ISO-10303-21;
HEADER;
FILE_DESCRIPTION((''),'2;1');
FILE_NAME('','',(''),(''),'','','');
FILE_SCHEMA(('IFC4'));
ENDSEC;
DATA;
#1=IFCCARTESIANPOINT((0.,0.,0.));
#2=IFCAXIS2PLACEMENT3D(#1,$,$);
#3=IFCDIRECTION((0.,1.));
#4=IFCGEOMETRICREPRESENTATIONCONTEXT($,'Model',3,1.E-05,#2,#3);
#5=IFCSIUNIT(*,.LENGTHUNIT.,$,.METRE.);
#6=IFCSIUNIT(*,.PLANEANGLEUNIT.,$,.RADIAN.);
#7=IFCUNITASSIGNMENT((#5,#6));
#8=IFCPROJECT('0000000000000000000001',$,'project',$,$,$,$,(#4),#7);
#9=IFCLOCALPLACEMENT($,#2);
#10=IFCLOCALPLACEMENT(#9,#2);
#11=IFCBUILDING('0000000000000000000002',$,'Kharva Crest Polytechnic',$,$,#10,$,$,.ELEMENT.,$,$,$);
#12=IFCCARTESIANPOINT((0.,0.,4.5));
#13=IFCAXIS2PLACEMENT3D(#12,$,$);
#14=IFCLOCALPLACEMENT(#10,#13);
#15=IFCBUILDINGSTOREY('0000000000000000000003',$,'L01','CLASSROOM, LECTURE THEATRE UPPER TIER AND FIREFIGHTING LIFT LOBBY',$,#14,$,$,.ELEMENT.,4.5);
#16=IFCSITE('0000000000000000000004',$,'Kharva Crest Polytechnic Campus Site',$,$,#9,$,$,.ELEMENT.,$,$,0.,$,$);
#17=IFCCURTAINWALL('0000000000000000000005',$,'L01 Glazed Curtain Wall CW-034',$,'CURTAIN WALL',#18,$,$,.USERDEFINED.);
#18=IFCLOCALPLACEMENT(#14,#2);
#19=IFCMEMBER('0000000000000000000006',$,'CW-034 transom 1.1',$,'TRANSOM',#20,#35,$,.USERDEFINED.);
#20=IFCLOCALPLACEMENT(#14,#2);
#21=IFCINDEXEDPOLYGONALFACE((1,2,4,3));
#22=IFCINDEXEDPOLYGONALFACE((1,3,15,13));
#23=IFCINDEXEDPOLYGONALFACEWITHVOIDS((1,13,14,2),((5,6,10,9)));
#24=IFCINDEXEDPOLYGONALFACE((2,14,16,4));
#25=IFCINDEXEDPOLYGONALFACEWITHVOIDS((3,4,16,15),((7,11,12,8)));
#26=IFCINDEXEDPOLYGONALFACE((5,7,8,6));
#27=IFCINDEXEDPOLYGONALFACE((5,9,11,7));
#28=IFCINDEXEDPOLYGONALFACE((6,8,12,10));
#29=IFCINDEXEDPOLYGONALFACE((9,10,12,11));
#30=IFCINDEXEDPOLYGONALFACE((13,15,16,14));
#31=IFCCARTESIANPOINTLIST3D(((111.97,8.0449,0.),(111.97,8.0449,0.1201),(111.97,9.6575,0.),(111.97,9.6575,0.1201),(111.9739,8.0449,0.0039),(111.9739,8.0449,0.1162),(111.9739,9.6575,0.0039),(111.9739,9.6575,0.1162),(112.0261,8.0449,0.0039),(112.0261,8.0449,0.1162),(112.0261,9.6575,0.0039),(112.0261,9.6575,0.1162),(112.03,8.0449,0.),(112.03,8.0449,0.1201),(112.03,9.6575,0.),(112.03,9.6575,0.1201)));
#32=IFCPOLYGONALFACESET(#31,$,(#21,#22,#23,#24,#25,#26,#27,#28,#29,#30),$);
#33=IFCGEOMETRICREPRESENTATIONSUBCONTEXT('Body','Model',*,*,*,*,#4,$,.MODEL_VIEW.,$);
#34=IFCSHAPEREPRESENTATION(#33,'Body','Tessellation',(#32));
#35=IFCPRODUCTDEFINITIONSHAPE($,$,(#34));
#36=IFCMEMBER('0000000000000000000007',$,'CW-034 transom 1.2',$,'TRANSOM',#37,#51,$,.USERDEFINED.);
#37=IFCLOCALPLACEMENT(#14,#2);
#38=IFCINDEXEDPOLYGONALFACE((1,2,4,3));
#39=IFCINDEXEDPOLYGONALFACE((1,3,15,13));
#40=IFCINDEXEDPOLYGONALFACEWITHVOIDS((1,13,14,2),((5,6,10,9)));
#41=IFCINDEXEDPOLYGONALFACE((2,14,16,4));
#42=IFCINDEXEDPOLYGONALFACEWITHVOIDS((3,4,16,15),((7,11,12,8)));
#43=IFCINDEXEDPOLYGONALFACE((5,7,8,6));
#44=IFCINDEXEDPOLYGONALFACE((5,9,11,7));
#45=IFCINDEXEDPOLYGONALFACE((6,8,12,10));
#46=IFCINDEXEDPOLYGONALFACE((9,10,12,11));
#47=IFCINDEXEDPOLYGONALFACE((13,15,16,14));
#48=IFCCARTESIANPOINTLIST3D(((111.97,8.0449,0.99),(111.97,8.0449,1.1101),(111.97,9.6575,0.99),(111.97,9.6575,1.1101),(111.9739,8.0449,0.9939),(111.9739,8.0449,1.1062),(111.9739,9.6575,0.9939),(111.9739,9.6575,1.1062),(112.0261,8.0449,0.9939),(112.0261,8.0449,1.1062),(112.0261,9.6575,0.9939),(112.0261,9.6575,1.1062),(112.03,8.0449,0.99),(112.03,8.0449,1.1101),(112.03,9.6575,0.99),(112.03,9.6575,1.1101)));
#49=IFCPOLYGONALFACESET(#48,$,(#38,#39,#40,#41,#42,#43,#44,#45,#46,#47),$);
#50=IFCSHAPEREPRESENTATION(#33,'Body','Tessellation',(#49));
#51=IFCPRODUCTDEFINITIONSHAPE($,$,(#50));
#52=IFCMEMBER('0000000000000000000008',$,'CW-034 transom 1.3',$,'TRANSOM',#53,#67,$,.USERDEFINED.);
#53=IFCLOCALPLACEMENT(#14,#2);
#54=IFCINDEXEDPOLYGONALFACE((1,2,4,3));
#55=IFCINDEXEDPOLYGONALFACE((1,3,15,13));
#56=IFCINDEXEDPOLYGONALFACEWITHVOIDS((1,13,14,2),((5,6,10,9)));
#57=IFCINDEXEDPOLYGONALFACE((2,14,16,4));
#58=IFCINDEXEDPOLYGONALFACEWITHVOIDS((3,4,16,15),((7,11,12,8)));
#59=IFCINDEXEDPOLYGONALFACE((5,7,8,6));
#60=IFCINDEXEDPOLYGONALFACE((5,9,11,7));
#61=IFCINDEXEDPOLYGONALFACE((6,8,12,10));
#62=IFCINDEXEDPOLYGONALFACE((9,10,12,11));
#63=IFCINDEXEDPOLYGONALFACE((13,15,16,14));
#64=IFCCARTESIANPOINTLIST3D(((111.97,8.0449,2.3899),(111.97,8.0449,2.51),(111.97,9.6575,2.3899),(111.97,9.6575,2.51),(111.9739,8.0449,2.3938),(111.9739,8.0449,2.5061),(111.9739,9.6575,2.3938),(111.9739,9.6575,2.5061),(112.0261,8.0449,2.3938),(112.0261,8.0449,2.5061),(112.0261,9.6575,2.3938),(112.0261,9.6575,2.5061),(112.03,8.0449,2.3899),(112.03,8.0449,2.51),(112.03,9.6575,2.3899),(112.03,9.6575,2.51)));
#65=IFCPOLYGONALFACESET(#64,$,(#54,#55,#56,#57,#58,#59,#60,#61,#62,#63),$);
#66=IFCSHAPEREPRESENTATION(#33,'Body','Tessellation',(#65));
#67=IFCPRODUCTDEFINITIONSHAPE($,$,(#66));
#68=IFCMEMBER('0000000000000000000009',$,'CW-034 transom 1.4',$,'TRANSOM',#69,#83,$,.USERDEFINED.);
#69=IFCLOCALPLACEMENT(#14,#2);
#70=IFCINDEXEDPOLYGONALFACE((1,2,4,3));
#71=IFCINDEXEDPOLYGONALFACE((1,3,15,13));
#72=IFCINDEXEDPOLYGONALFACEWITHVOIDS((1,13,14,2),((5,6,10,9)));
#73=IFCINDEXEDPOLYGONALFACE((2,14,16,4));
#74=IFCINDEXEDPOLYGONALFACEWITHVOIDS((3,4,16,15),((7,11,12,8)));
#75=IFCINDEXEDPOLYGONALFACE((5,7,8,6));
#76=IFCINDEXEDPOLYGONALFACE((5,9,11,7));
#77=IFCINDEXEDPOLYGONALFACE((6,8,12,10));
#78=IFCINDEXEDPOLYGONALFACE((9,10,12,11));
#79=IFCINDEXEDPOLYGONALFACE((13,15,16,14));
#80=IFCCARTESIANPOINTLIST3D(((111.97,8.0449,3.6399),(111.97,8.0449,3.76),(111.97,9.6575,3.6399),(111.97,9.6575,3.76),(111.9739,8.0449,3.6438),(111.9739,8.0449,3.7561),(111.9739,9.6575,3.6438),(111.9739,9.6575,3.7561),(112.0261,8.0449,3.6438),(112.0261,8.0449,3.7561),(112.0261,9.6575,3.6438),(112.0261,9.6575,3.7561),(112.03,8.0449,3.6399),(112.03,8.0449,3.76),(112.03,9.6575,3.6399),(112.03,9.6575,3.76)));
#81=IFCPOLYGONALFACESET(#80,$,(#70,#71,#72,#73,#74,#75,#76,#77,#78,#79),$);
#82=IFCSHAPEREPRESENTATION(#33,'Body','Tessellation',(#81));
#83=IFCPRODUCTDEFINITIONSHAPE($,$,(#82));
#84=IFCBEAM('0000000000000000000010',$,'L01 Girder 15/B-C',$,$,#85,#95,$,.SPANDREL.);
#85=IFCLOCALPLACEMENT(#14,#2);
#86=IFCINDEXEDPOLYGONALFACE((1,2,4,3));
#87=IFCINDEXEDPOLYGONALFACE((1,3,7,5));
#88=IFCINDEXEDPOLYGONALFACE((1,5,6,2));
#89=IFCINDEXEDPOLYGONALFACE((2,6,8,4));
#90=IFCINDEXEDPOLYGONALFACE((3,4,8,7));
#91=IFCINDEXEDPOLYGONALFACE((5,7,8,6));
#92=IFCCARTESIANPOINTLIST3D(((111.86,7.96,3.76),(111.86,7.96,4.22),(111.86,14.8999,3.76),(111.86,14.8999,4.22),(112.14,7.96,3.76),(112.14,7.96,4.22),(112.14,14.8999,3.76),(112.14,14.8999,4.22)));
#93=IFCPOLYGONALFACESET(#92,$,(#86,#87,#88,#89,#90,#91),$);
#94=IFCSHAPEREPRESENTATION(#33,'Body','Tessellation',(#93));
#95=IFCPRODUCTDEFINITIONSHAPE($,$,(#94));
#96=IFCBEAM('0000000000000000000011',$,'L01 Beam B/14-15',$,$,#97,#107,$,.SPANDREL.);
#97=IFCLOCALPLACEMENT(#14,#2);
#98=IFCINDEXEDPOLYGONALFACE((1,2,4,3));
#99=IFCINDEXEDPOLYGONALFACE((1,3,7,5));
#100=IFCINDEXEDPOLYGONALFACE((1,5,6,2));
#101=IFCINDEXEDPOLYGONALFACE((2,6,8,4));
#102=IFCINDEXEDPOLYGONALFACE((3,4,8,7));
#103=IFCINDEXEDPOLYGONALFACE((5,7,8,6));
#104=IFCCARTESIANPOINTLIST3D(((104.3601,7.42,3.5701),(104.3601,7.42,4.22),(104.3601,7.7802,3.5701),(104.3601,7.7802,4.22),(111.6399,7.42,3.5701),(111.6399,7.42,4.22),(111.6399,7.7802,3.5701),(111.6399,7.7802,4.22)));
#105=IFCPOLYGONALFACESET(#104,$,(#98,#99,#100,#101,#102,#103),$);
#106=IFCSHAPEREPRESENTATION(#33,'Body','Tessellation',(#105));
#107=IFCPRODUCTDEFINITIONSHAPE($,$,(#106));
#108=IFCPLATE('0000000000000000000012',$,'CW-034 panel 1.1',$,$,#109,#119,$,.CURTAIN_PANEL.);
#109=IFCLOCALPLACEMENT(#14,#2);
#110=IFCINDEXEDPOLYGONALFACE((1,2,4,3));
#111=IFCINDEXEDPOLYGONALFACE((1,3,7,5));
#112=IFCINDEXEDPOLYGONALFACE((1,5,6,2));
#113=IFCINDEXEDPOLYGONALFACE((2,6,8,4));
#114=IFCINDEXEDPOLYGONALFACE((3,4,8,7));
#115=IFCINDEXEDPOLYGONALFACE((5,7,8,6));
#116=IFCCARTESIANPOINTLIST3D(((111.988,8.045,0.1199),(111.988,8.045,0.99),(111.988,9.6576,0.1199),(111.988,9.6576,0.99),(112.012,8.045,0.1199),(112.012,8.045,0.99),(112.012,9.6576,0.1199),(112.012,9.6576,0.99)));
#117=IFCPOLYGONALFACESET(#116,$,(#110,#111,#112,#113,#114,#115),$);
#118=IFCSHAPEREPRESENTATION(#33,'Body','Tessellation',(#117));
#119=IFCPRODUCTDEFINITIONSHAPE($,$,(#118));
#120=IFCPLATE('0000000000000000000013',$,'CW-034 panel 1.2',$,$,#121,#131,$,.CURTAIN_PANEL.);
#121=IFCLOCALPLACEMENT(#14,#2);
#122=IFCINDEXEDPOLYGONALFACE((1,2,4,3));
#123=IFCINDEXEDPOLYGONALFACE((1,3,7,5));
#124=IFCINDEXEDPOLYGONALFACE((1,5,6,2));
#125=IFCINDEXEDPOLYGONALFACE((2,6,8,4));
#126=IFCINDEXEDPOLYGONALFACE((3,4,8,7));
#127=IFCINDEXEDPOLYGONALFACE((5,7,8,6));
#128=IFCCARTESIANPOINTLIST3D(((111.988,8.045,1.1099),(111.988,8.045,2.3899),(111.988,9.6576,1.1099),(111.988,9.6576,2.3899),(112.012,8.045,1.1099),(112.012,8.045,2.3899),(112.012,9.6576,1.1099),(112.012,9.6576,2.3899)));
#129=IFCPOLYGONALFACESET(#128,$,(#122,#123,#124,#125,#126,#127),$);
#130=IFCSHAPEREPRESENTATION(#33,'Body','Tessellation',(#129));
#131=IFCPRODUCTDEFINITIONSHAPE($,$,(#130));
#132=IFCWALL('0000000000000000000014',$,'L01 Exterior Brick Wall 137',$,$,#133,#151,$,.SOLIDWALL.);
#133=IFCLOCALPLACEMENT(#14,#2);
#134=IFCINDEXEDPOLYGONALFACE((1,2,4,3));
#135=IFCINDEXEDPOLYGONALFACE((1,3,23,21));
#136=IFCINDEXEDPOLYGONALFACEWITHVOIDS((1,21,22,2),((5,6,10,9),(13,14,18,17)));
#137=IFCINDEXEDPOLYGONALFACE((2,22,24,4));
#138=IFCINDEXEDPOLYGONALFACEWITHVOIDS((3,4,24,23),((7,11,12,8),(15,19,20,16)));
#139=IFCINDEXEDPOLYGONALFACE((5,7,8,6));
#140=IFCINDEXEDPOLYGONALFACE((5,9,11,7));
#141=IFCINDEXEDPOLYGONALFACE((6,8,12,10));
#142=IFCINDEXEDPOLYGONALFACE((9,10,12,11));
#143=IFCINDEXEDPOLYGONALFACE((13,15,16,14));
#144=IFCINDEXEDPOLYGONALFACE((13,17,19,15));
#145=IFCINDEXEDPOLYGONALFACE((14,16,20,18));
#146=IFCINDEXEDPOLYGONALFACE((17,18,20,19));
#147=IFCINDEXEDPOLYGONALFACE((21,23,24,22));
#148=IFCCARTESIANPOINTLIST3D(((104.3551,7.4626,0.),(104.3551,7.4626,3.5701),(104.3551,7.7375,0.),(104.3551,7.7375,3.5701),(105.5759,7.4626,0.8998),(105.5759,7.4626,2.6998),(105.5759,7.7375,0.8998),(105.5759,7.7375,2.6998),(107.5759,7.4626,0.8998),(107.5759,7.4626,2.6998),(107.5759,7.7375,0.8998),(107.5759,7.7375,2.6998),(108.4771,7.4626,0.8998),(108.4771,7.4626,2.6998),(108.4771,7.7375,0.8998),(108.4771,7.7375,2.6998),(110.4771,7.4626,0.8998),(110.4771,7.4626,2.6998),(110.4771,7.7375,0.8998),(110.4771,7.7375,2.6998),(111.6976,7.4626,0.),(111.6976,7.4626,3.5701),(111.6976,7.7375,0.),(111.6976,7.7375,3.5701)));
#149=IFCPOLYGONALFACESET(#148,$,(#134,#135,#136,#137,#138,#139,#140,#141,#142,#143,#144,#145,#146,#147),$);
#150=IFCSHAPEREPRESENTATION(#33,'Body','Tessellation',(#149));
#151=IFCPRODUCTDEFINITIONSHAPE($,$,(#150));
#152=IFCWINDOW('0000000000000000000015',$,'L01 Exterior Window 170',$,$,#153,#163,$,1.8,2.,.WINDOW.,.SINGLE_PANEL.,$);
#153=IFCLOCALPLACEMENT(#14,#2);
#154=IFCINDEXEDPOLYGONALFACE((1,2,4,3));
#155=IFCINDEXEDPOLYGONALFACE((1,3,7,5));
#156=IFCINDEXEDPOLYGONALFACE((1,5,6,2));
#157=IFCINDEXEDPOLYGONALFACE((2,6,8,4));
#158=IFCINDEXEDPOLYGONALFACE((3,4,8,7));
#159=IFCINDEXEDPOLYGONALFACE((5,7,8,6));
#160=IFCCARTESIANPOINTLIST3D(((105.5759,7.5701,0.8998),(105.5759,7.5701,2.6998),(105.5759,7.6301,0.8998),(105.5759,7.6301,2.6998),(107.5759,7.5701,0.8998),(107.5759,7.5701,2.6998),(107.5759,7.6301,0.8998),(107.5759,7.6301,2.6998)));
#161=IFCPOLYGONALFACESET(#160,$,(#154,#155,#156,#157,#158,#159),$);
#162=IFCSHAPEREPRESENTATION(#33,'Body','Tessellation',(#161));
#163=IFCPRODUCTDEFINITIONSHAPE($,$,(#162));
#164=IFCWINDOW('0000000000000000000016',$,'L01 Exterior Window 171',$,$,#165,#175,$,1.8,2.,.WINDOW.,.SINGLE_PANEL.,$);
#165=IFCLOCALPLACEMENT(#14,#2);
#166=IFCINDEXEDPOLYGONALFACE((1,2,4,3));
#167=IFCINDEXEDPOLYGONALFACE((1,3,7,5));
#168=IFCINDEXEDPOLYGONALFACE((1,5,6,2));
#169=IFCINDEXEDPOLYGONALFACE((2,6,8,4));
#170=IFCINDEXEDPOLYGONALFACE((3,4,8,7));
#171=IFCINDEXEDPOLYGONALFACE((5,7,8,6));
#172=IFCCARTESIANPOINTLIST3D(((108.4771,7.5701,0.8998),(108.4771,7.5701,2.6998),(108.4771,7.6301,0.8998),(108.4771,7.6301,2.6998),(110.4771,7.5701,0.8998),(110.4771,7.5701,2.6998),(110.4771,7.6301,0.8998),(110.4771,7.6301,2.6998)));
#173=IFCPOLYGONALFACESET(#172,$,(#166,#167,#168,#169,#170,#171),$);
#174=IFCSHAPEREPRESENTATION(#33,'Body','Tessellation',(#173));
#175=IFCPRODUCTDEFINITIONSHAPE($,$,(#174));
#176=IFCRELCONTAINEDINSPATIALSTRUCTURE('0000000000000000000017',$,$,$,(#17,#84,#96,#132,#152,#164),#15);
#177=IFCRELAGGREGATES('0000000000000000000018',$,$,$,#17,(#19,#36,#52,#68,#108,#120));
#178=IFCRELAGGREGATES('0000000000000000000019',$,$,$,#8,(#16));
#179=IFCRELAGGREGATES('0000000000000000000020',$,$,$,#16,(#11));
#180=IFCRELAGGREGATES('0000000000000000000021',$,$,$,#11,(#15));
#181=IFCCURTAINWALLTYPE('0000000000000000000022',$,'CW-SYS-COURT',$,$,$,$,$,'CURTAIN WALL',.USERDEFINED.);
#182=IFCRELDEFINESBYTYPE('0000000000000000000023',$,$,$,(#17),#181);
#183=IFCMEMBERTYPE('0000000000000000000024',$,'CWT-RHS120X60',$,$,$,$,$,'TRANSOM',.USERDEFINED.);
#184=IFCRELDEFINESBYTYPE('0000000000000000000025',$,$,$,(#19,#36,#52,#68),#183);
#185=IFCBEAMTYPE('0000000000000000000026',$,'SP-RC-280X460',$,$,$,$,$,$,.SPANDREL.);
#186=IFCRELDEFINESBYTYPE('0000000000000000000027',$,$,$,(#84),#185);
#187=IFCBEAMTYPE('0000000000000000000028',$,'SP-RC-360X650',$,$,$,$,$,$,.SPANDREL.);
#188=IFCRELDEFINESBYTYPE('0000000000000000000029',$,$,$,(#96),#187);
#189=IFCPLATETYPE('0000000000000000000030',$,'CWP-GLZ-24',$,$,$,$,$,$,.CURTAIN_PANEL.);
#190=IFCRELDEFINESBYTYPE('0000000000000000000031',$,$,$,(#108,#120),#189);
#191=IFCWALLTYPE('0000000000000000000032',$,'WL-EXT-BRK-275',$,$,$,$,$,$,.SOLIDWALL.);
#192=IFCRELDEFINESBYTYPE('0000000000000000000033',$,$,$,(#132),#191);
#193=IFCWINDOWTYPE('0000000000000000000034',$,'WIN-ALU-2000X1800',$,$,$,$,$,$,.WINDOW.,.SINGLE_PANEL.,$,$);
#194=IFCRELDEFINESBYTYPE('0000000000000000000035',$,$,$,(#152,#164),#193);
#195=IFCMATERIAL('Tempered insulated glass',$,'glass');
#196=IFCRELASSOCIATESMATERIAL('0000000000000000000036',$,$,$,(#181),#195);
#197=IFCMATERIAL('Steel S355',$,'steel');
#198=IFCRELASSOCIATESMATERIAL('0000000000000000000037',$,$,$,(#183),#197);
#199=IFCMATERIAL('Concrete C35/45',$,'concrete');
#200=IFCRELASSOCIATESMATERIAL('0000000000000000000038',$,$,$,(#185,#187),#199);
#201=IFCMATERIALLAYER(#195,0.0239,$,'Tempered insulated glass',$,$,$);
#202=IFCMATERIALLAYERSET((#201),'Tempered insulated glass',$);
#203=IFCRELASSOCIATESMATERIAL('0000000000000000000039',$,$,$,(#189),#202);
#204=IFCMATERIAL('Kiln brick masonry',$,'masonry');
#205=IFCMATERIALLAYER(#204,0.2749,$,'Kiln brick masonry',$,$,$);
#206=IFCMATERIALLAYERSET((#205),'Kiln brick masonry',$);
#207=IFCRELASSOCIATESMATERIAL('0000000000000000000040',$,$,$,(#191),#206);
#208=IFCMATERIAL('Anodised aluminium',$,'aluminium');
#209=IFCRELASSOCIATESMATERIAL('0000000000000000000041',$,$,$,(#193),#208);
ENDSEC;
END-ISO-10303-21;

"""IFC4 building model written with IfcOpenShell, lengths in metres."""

from ifc_helpers import new_model, si_unit, direction, frame, frame_2d, origin, origin_2d, place, context, subcontext, project, spatial, rectangle, hollow_rectangle, extrude, material, layer, layer_set, material_profile, profile_set, type_object, element, fill, aggregate, save


model = new_model("IFC4")

# Units and contexts
model_context = context("Model", 3, precision=1e-05, world=origin(), true_north=direction((0.0, 1.0)))
body_context = subcontext(model_context, "Body", "Model", "MODEL_VIEW")
ifc_project = project(units=[si_unit("LENGTHUNIT", "METRE"), si_unit("PLANEANGLEUNIT", "RADIAN")], contexts=[model_context])

# Site, building, storey
site_placement = place(None, origin())
site = spatial("IfcSite", under=ifc_project, at=site_placement, Name="Kharva Crest Polytechnic Campus Site", CompositionType="ELEMENT", RefElevation=0.0)
building_placement = place(site_placement, origin())
building = spatial("IfcBuilding", under=site, at=building_placement, Name="Kharva Crest Polytechnic", CompositionType="ELEMENT")
storey_placement = place(building_placement, frame((0.0, 0.0, 4.5)))
storey = spatial("IfcBuildingStorey", under=building, at=storey_placement, Name="L01", Description="CLASSROOM, LECTURE THEATRE UPPER TIER AND FIREFIGHTING LIFT LOBBY", CompositionType="ELEMENT", Elevation=4.5)

# Shared definitions
ifc_material_1 = material(Name="Steel S355", Category="steel")

# Shared definitions
ifc_material_2 = material(Name="Concrete C35/45", Category="concrete")

# Curtain wall, members
ifc_material_3 = material(Name="Tempered insulated glass", Category="glass")
curtain_wall_type = type_object("IfcCurtainWallType", Name="CW-SYS-COURT", ElementType="CURTAIN WALL", PredefinedType="USERDEFINED", material=ifc_material_3)
curtain_wall_placement = place(storey_placement, origin())
curtain_wall = element("IfcCurtainWall", 1, at=curtain_wall_placement, inside=storey, type_object=curtain_wall_type, Name="L01 Glazed Curtain Wall CW-034", ObjectType="CURTAIN WALL", PredefinedType="USERDEFINED")
ifc_material_profile_1 = material_profile(ifc_material_1, hollow_rectangle(XDim=0.0601, YDim=0.1201, WallThickness=0.0039, at=origin_2d()), Name="RHS 120X60X4.0")
ifc_profile_set_1 = profile_set([ifc_material_profile_1], Name="Steel S355")
member_type_1 = type_object("IfcMemberType", Name="CWT-RHS120X60", ElementType="TRANSOM", PredefinedType="USERDEFINED", material=ifc_profile_set_1)
member_1_placement = place(storey_placement, frame((112.0, 8.0449, 0.0601), z_axis=(0.0, 1.0, 0.0), x_axis=(-1.0, 0.0, 0.0)))
member_1 = element("IfcMember", 2, at=member_1_placement, type_object=member_type_1, Name="CW-034 transom 1.1", ObjectType="TRANSOM", PredefinedType="USERDEFINED", context=body_context, shape_type="SweptSolid", body=[
    extrude(hollow_rectangle(XDim=0.0601, YDim=0.1201, WallThickness=0.0039, at=origin_2d()), origin(), (0.0, 0.0, 1.0), 1.6125),
])
member_2_placement = place(storey_placement, frame((112.0, 8.0449, 1.05), z_axis=(0.0, 1.0, 0.0), x_axis=(-1.0, 0.0, 0.0)))
member_2 = element("IfcMember", 3, at=member_2_placement, type_object=member_type_1, Name="CW-034 transom 1.2", ObjectType="TRANSOM", PredefinedType="USERDEFINED", context=body_context, shape_type="SweptSolid", body=[
    extrude(hollow_rectangle(XDim=0.0601, YDim=0.1201, WallThickness=0.0039, at=origin_2d()), origin(), (0.0, 0.0, 1.0), 1.6125),
])
member_3_placement = place(storey_placement, frame((112.0, 8.0449, 2.45), z_axis=(0.0, 1.0, 0.0), x_axis=(-1.0, 0.0, 0.0)))
member_3 = element("IfcMember", 4, at=member_3_placement, type_object=member_type_1, Name="CW-034 transom 1.3", ObjectType="TRANSOM", PredefinedType="USERDEFINED", context=body_context, shape_type="SweptSolid", body=[
    extrude(hollow_rectangle(XDim=0.0601, YDim=0.1201, WallThickness=0.0039, at=origin_2d()), origin(), (0.0, 0.0, 1.0), 1.6125),
])
member_4_placement = place(storey_placement, frame((112.0, 8.0449, 3.7), z_axis=(0.0, 1.0, 0.0), x_axis=(-1.0, 0.0, 0.0)))
member_4 = element("IfcMember", 5, at=member_4_placement, type_object=member_type_1, Name="CW-034 transom 1.4", ObjectType="TRANSOM", PredefinedType="USERDEFINED", context=body_context, shape_type="SweptSolid", body=[
    extrude(hollow_rectangle(XDim=0.0601, YDim=0.1201, WallThickness=0.0039, at=origin_2d()), origin(), (0.0, 0.0, 1.0), 1.6125),
])

# Beams
ifc_material_profile_2 = material_profile(ifc_material_2, rectangle(XDim=0.28, YDim=0.46, at=origin_2d()), Name="RECT 280 X 460")
ifc_profile_set_2 = profile_set([ifc_material_profile_2], Name="Concrete C35/45")
beam_type_1 = type_object("IfcBeamType", Name="SP-RC-280X460", PredefinedType="SPANDREL", material=ifc_profile_set_2)
beam_1_placement = place(storey_placement, frame((112.0, 7.96, 3.99), z_axis=(0.0, 1.0, 0.0), x_axis=(-1.0, 0.0, 0.0)))
element("IfcBeam", 6, at=beam_1_placement, inside=storey, type_object=beam_type_1, Name="L01 Girder 15/B-C", PredefinedType="SPANDREL", context=body_context, shape_type="SweptSolid", body=[
    extrude(rectangle(XDim=0.28, YDim=0.46, at=origin_2d()), origin(), (0.0, 0.0, 1.0), 6.9399),
])
ifc_material_profile_3 = material_profile(ifc_material_2, rectangle(XDim=0.3601, YDim=0.6499, at=origin_2d()), Name="RECT 360 X 650")
ifc_profile_set_3 = profile_set([ifc_material_profile_3], Name="Concrete C35/45")
beam_type_2 = type_object("IfcBeamType", Name="SP-RC-360X650", PredefinedType="SPANDREL", material=ifc_profile_set_3)
beam_2_placement = place(storey_placement, frame((104.3601, 7.6001, 3.895), z_axis=(1.0, 0.0, 0.0), x_axis=(0.0, 1.0, 0.0)))
element("IfcBeam", 7, at=beam_2_placement, inside=storey, type_object=beam_type_2, Name="L01 Beam B/14-15", PredefinedType="SPANDREL", context=body_context, shape_type="SweptSolid", body=[
    extrude(rectangle(XDim=0.3601, YDim=0.6499, at=origin_2d()), origin(), (0.0, 0.0, 1.0), 7.2798),
])

# Plates
ifc_layer_1 = layer(ifc_material_3, 0.0239, Name="Tempered insulated glass")
ifc_layer_set_1 = layer_set([ifc_layer_1], Name="Tempered insulated glass")
plate_type = type_object("IfcPlateType", Name="CWP-GLZ-24", PredefinedType="CURTAIN_PANEL", material=ifc_layer_set_1)
plate_1_placement = place(storey_placement, frame((112.0, 8.8513, 0.1199), z_axis=(0.0, 0.0, 1.0), x_axis=(0.0, 1.0, 0.0)))
plate_1 = element("IfcPlate", 8, at=plate_1_placement, type_object=plate_type, Name="CW-034 panel 1.1", PredefinedType="CURTAIN_PANEL", context=body_context, shape_type="SweptSolid", body=[
    extrude(rectangle(XDim=1.6125, YDim=0.0239, at=origin_2d()), origin(), (0.0, 0.0, 1.0), 0.8701),
])
plate_2_placement = place(storey_placement, frame((112.0, 8.8513, 1.1099), z_axis=(0.0, 0.0, 1.0), x_axis=(0.0, 1.0, 0.0)))
plate_2 = element("IfcPlate", 9, at=plate_2_placement, type_object=plate_type, Name="CW-034 panel 1.2", PredefinedType="CURTAIN_PANEL", context=body_context, shape_type="SweptSolid", body=[
    extrude(rectangle(XDim=1.6125, YDim=0.0239, at=origin_2d()), origin(), (0.0, 0.0, 1.0), 1.28),
])
aggregate(curtain_wall, [member_1, member_2, member_3, member_4, plate_1, plate_2])

# Wall, openings, windows
ifc_material_4 = material(Name="Kiln brick masonry", Category="masonry")
ifc_layer_2 = layer(ifc_material_4, 0.2749, Name="Kiln brick masonry")
ifc_layer_set_2 = layer_set([ifc_layer_2], Name="Kiln brick masonry")
wall_type_1 = type_object("IfcWallType", Name="WL-EXT-BRK-275", PredefinedType="SOLIDWALL", material=ifc_layer_set_2)
wall_1_placement = place(storey_placement, frame((104.355, 7.6001, 0.0), z_axis=(0.0, 0.0, 1.0), x_axis=(1.0, 0.0, 0.0)))
wall_1 = element("IfcWall", 10, at=wall_1_placement, inside=storey, type_object=wall_type_1, Name="L01 Exterior Brick Wall 137", PredefinedType="SOLIDWALL", context=body_context, shape_type="SweptSolid", body=[
    extrude(rectangle(XDim=7.3425, YDim=0.2749, at=frame_2d((3.6714, 0.0))), origin(), (0.0, 0.0, 1.0), 3.5701),
])
opening_1_placement = place(wall_1_placement, frame((1.2209, 0.0, 0.8999)))
opening_1 = element("IfcOpeningElement", 11, at=opening_1_placement, cuts=wall_1, PredefinedType="OPENING", context=body_context, shape_type="SweptSolid", body=[
    extrude(rectangle(XDim=2.0, YDim=1.8, at=frame_2d((1.0, 0.8999))), frame((0.0, 0.1475, 0.0), z_axis=(0.0, -1.0, 0.0), x_axis=(1.0, 0.0, 0.0)), (0.0, 0.0, 1.0), 0.2949),
])
opening_2_placement = place(wall_1_placement, frame((4.1221, 0.0, 0.8999)))
opening_2 = element("IfcOpeningElement", 12, at=opening_2_placement, cuts=wall_1, PredefinedType="OPENING", context=body_context, shape_type="SweptSolid", body=[
    extrude(rectangle(XDim=2.0, YDim=1.8, at=frame_2d((1.0, 0.8999))), frame((0.0, 0.1475, 0.0), z_axis=(0.0, -1.0, 0.0), x_axis=(1.0, 0.0, 0.0)), (0.0, 0.0, 1.0), 0.2949),
])
ifc_material_5 = material(Name="Anodised aluminium", Category="aluminium")
window_type = type_object("IfcWindowType", Name="WIN-ALU-2000X1800", PartitioningType="SINGLE_PANEL", PredefinedType="WINDOW", material=ifc_material_5)
window_1_placement = place(opening_1_placement, origin())
window_1 = element("IfcWindow", 13, at=window_1_placement, inside=storey, type_object=window_type, Name="L01 Exterior Window 170", OverallHeight=1.8, OverallWidth=2.0, PartitioningType="SINGLE_PANEL", PredefinedType="WINDOW", context=body_context, shape_type="SweptSolid", body=[
    extrude(rectangle(XDim=2.0, YDim=1.8, at=frame_2d((1.0, 0.8999))), frame((0.0, 0.03, 0.0), z_axis=(0.0, -1.0, 0.0), x_axis=(1.0, 0.0, 0.0)), (0.0, 0.0, 1.0), 0.0601),
])
fill(opening_1, window_1)
window_2_placement = place(opening_2_placement, origin())
window_2 = element("IfcWindow", 14, at=window_2_placement, inside=storey, type_object=window_type, Name="L01 Exterior Window 171", OverallHeight=1.8, OverallWidth=2.0, PartitioningType="SINGLE_PANEL", PredefinedType="WINDOW", context=body_context, shape_type="SweptSolid", body=[
    extrude(rectangle(XDim=2.0, YDim=1.8, at=frame_2d((1.0, 0.8999))), frame((0.0, 0.03, 0.0), z_axis=(0.0, -1.0, 0.0), x_axis=(1.0, 0.0, 0.0)), (0.0, 0.0, 1.0), 0.0601),
])
fill(opening_2, window_2)

save(model, "model.ifc")
